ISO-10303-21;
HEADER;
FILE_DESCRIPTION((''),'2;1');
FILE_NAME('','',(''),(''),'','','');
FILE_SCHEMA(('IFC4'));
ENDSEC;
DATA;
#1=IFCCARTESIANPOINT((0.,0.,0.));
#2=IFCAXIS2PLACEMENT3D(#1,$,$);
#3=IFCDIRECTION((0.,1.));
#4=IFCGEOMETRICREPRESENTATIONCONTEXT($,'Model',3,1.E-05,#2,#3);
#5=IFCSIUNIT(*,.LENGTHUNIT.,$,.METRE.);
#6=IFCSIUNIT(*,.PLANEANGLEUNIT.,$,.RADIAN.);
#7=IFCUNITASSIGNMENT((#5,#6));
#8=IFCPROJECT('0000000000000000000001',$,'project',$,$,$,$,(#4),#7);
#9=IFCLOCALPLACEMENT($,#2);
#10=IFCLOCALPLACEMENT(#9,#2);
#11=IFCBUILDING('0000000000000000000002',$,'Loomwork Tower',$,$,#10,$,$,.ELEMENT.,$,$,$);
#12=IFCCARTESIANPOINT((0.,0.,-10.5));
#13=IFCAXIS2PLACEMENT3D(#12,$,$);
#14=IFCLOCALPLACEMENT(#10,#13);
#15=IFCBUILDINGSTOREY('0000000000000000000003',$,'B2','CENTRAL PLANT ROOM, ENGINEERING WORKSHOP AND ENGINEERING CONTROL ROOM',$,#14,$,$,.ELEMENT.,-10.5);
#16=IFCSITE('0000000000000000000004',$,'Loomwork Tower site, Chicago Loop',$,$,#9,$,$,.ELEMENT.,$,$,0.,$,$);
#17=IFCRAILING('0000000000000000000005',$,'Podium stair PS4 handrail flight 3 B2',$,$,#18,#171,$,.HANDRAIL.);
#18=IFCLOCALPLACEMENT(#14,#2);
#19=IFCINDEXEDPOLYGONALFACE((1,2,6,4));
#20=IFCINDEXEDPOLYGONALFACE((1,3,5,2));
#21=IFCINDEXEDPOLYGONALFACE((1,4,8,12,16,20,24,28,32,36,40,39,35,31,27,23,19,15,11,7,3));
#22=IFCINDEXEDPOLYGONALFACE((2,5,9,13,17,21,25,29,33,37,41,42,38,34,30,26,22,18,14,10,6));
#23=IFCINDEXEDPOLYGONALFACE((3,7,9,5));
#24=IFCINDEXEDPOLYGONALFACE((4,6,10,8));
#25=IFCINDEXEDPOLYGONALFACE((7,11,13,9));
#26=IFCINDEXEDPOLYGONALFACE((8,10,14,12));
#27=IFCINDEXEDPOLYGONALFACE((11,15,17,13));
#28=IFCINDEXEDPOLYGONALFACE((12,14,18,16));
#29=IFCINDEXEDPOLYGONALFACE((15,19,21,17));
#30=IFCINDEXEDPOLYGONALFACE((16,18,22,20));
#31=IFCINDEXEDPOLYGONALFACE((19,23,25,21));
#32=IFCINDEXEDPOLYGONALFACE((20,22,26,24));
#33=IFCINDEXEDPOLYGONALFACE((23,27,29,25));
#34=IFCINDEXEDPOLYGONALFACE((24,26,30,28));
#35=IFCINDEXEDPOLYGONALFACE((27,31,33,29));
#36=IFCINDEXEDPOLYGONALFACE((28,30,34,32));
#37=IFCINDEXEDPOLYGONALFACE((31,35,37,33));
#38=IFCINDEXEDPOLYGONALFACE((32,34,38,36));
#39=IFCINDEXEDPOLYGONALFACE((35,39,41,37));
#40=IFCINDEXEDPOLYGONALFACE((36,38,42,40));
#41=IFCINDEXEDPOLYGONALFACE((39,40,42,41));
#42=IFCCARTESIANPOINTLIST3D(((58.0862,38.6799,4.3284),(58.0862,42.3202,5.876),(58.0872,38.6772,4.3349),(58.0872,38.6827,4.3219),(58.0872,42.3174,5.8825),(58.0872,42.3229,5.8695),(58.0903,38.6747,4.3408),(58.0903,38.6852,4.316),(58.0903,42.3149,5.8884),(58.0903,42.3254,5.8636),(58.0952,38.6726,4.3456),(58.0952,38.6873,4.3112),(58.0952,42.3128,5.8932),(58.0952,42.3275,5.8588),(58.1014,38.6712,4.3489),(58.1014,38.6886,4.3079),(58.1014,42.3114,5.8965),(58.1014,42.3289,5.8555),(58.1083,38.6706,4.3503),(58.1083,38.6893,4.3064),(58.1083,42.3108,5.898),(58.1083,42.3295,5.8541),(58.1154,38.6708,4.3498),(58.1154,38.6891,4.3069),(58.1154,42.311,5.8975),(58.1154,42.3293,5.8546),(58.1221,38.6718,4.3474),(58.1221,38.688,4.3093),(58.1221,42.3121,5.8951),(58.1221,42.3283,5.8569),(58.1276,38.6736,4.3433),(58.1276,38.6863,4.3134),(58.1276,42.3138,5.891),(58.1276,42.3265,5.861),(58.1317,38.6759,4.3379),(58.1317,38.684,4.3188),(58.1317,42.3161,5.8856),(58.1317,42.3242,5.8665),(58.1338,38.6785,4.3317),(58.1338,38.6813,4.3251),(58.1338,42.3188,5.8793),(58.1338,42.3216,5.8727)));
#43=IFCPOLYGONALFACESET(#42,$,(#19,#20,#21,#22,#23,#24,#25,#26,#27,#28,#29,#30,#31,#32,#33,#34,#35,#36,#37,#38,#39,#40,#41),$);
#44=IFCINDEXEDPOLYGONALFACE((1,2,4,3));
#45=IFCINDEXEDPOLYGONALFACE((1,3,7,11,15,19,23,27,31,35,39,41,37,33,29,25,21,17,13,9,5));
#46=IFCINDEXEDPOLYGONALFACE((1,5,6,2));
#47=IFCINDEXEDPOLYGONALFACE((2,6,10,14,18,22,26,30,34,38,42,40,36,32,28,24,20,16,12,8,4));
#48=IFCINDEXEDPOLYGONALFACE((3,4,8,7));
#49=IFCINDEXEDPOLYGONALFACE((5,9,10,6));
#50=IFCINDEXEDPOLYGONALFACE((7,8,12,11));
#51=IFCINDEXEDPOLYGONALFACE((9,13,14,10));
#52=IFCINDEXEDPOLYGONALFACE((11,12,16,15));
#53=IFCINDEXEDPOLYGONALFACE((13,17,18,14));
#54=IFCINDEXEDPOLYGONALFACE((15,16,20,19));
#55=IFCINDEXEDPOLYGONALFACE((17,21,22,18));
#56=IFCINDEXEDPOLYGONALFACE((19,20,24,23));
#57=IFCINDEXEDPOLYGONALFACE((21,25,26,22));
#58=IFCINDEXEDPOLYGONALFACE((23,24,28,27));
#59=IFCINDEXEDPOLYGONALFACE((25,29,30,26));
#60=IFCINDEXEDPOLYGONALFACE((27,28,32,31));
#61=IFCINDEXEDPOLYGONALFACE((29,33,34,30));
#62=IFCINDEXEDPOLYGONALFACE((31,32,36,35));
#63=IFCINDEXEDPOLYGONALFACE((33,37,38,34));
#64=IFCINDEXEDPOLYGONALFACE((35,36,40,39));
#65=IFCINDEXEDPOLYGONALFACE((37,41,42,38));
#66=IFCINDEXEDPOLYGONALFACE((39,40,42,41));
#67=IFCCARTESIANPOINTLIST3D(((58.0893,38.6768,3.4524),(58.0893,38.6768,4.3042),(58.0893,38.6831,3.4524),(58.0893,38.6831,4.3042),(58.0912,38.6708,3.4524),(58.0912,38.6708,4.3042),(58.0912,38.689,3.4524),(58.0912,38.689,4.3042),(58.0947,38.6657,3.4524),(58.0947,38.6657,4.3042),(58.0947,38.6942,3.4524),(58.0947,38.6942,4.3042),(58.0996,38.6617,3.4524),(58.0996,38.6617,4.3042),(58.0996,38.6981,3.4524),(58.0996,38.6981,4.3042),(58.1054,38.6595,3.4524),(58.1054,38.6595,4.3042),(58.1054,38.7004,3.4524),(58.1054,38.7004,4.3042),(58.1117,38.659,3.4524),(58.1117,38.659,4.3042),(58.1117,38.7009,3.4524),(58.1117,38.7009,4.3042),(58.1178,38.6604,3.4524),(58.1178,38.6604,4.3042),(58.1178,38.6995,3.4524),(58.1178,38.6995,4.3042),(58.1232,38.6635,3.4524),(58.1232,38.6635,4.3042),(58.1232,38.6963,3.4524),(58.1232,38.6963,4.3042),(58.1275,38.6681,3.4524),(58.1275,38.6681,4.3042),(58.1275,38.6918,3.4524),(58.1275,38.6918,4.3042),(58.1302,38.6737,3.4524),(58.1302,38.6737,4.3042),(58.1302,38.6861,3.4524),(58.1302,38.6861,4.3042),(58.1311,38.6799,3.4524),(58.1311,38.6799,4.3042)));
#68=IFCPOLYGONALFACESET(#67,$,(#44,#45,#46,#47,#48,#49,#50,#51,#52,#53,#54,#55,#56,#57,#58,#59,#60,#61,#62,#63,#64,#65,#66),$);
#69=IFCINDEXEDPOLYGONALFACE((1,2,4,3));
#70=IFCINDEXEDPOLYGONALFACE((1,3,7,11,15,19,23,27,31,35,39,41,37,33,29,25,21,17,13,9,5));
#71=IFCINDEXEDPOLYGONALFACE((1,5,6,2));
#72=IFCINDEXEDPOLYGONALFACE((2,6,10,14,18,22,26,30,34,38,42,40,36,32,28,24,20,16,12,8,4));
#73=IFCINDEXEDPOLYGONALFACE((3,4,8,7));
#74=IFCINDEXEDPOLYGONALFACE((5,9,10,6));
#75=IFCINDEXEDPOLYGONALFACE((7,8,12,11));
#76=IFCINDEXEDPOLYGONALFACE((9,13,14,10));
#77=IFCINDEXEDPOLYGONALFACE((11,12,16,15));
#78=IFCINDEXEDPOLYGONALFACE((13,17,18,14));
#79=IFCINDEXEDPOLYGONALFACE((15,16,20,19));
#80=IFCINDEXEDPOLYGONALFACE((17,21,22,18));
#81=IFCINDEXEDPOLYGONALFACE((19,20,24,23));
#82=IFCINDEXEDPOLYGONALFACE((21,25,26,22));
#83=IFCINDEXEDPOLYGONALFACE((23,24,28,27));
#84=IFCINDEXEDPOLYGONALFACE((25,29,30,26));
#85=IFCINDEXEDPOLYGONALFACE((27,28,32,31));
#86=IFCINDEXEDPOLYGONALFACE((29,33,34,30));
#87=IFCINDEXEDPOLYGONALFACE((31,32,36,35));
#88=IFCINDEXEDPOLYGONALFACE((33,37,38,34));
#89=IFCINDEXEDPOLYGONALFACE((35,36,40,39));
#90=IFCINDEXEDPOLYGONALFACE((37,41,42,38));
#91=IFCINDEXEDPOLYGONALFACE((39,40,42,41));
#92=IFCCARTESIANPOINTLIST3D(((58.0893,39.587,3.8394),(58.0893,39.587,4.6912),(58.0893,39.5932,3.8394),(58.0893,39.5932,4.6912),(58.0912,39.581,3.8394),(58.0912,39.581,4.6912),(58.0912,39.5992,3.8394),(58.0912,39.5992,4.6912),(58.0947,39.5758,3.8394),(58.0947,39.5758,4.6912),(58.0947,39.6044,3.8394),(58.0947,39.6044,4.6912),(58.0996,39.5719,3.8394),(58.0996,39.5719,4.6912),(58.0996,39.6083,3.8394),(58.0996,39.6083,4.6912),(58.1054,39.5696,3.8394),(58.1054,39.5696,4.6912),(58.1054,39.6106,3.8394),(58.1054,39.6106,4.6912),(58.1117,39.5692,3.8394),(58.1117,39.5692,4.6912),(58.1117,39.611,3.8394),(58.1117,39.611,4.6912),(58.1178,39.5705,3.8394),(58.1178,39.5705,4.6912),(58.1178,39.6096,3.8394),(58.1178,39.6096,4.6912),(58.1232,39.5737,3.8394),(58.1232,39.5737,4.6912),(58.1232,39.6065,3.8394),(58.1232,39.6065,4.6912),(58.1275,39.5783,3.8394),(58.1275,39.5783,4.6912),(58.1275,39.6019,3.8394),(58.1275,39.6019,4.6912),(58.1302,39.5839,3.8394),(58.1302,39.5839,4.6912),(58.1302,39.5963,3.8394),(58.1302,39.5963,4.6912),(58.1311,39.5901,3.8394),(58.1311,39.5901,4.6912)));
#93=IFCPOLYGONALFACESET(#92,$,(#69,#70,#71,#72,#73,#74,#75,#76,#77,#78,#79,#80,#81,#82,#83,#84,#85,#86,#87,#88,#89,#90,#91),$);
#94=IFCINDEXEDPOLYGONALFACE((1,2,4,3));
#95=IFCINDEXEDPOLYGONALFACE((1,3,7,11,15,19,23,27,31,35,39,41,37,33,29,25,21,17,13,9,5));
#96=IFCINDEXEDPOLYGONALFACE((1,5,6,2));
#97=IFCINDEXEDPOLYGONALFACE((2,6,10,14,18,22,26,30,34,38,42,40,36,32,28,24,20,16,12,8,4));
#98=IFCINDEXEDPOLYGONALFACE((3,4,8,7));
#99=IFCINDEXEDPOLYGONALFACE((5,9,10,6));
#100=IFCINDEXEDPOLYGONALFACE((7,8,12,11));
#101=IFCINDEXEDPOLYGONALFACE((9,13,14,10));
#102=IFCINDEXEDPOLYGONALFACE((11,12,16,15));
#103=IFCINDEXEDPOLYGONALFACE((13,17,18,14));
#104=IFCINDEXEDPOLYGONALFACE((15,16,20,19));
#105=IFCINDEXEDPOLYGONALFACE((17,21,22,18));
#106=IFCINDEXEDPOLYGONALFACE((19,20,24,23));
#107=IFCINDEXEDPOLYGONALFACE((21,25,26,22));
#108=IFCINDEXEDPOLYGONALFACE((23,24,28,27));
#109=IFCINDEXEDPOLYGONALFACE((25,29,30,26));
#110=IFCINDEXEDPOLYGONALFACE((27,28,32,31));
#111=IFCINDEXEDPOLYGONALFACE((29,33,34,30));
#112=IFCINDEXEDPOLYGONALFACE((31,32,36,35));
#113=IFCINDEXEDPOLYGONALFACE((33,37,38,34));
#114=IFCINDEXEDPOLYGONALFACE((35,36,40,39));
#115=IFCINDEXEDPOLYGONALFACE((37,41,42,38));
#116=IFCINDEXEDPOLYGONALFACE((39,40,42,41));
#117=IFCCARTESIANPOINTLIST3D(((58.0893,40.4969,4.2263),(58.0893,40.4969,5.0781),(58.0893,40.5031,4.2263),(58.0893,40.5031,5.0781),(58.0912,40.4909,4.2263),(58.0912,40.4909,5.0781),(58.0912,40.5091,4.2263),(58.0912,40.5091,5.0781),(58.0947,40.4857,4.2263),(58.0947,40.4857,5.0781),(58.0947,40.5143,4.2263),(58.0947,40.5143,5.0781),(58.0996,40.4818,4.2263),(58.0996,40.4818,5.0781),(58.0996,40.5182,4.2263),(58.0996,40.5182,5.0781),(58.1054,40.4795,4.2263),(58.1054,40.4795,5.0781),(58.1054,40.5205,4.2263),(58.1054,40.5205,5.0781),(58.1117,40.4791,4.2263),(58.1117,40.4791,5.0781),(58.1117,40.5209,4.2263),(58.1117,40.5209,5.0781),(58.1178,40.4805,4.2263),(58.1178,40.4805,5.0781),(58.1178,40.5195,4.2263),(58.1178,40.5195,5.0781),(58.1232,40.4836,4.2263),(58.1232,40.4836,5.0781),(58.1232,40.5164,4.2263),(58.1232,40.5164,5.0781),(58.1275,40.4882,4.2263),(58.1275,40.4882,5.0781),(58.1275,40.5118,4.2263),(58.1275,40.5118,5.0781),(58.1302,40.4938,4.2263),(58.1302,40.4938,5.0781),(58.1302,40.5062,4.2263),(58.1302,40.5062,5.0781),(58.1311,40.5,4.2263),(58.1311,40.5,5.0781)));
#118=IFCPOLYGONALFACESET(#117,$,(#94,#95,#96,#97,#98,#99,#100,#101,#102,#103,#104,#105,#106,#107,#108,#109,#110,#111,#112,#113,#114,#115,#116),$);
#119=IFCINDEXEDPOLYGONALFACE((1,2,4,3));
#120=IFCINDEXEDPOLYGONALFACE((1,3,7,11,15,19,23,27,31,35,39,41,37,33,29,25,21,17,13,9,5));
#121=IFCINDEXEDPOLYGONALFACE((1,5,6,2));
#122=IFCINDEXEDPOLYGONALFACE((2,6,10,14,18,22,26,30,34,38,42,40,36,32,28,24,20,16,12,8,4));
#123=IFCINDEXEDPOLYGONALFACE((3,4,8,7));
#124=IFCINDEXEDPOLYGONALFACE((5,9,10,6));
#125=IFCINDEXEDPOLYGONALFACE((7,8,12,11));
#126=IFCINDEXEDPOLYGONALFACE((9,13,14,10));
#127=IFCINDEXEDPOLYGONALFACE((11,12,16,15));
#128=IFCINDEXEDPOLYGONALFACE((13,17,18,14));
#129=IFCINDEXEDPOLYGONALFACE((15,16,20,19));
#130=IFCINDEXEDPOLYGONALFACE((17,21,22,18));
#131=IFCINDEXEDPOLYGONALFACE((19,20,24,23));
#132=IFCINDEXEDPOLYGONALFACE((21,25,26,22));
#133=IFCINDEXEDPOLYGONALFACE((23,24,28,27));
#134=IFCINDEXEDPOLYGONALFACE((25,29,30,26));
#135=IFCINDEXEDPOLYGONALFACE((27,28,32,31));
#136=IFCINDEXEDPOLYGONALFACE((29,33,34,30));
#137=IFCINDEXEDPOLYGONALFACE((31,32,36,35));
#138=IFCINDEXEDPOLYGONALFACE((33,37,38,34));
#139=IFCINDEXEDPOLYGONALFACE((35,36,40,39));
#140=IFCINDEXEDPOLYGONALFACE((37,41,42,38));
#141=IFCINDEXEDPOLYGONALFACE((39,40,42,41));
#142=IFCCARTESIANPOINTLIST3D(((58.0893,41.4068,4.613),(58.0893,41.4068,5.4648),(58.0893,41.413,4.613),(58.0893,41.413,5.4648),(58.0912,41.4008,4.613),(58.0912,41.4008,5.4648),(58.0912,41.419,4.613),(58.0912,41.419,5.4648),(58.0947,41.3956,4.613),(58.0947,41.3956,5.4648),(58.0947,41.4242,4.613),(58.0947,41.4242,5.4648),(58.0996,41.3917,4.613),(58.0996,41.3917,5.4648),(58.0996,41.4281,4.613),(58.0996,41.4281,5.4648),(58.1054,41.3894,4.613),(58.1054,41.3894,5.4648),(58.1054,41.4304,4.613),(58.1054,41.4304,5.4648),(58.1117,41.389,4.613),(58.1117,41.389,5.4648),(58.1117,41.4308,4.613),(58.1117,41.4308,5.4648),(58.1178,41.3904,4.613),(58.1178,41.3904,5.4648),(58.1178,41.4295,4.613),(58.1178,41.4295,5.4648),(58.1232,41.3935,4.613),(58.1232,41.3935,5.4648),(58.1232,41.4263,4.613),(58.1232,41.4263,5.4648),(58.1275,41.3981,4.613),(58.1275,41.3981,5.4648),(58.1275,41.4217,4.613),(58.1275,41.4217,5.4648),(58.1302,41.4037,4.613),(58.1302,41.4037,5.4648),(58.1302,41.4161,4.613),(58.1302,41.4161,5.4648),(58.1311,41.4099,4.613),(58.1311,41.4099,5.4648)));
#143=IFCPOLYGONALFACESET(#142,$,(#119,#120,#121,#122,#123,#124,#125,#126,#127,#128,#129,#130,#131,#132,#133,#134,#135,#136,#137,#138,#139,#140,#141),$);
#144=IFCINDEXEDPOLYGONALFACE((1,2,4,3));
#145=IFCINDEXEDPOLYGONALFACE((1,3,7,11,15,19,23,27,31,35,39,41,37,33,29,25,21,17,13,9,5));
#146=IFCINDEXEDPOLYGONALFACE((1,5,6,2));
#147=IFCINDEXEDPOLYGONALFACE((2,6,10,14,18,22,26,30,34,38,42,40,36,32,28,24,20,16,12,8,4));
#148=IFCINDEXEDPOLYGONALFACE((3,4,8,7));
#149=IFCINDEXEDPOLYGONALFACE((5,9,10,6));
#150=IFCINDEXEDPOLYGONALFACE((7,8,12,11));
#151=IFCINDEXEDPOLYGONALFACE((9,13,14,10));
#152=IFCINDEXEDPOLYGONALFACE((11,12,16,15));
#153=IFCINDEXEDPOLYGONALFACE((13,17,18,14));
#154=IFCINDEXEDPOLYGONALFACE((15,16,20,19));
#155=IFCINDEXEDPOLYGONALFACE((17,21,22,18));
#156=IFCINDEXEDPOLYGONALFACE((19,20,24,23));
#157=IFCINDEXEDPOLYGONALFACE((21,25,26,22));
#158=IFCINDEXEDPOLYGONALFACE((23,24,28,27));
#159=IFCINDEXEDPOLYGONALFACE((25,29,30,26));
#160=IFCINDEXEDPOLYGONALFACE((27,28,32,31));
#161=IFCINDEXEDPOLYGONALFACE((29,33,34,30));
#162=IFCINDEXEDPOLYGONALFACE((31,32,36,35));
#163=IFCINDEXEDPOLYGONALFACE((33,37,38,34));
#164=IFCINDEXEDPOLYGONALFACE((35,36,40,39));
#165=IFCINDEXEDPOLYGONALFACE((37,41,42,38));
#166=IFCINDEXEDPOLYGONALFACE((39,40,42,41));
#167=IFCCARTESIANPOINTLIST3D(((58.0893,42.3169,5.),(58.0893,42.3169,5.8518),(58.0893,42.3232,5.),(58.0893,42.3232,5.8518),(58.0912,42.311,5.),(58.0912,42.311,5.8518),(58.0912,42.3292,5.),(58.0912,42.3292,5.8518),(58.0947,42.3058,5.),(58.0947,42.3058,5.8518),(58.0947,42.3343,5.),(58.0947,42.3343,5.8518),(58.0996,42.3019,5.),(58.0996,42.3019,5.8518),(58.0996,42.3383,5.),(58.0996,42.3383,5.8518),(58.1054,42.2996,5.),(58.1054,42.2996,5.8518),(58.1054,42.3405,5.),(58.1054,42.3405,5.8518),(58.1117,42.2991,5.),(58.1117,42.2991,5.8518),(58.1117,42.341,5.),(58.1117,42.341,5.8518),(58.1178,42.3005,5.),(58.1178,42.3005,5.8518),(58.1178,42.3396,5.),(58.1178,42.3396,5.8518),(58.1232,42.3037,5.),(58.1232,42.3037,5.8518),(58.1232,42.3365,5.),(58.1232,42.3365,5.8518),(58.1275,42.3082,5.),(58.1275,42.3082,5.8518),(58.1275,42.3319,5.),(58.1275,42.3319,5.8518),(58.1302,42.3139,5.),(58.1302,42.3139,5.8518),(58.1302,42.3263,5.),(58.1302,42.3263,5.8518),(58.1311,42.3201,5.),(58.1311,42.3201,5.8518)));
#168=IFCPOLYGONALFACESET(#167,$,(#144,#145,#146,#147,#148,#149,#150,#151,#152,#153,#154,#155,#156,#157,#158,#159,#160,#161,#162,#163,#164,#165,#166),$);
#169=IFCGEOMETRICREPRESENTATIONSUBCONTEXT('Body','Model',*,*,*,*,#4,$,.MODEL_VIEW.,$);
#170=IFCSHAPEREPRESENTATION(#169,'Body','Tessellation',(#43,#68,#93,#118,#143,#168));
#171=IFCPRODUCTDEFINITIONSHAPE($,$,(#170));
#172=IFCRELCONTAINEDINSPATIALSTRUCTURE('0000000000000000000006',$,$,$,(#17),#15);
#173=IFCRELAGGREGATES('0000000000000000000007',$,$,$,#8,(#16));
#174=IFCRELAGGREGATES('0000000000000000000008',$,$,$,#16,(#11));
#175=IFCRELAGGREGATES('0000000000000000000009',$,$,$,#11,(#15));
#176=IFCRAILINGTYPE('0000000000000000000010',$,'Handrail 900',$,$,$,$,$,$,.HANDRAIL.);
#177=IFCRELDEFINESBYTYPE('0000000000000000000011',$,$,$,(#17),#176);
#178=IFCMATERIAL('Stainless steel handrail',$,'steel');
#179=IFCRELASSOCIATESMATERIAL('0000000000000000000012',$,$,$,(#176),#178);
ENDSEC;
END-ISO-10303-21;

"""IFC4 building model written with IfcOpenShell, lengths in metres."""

from ifc_helpers import new_model, si_unit, direction, frame, origin, origin_2d, place, context, subcontext, project, spatial, circle, extrude, material, type_object, element, save


model = new_model("IFC4")

# Units and contexts
model_context = context("Model", 3, precision=1e-05, world=origin(), true_north=direction((0.0, 1.0)))
body_context = subcontext(model_context, "Body", "Model", "MODEL_VIEW")
ifc_project = project(units=[si_unit("LENGTHUNIT", "METRE"), si_unit("PLANEANGLEUNIT", "RADIAN")], contexts=[model_context])

# Site, building, storey
site_placement = place(None, origin())
site = spatial("IfcSite", under=ifc_project, at=site_placement, Name="Loomwork Tower site, Chicago Loop", CompositionType="ELEMENT", RefElevation=0.0)
building_placement = place(site_placement, origin())
building = spatial("IfcBuilding", under=site, at=building_placement, Name="Loomwork Tower", CompositionType="ELEMENT")
storey_placement = place(building_placement, frame((0.0, 0.0, -10.5)))
storey = spatial("IfcBuildingStorey", under=building, at=storey_placement, Name="B2", Description="CENTRAL PLANT ROOM, ENGINEERING WORKSHOP AND ENGINEERING CONTROL ROOM", CompositionType="ELEMENT", Elevation=-10.5)

# Railing
ifc_material_1 = material(Name="Stainless steel handrail", Category="steel")
railing_type = type_object("IfcRailingType", Name="Handrail 900", PredefinedType="HANDRAIL", material=ifc_material_1)
railing_1_placement = place(storey_placement, frame((58.1101, 38.6799, 3.4524)))
element("IfcRailing", 1, at=railing_1_placement, inside=storey, type_object=railing_type, Name="Podium stair PS4 handrail flight 3 B2", PredefinedType="HANDRAIL", context=body_context, shape_type="SweptSolid", body=[
    extrude(circle(Radius=0.0239, at=origin_2d()), frame((0.0, 0.0, 0.876), z_axis=(0.0, 0.920281, 0.391258), x_axis=(-1.0, 0.0, 0.0)), (0.0, 0.0, 1.0), 3.9556),
    extrude(circle(Radius=0.021, at=origin_2d()), origin(), (0.0, 0.0, 1.0), 0.8518),
    extrude(circle(Radius=0.021, at=origin_2d()), frame((0.0, 0.9102, 0.387)), (0.0, 0.0, 1.0), 0.8518),
    extrude(circle(Radius=0.021, at=origin_2d()), frame((0.0, 1.8201, 0.7739)), (0.0, 0.0, 1.0), 0.8518),
    extrude(circle(Radius=0.021, at=origin_2d()), frame((0.0, 2.73, 1.1606)), (0.0, 0.0, 1.0), 0.8518),
    extrude(circle(Radius=0.021, at=origin_2d()), frame((0.0, 3.6401, 1.5476)), (0.0, 0.0, 1.0), 0.8518),
])

save(model, "model.ifc")
